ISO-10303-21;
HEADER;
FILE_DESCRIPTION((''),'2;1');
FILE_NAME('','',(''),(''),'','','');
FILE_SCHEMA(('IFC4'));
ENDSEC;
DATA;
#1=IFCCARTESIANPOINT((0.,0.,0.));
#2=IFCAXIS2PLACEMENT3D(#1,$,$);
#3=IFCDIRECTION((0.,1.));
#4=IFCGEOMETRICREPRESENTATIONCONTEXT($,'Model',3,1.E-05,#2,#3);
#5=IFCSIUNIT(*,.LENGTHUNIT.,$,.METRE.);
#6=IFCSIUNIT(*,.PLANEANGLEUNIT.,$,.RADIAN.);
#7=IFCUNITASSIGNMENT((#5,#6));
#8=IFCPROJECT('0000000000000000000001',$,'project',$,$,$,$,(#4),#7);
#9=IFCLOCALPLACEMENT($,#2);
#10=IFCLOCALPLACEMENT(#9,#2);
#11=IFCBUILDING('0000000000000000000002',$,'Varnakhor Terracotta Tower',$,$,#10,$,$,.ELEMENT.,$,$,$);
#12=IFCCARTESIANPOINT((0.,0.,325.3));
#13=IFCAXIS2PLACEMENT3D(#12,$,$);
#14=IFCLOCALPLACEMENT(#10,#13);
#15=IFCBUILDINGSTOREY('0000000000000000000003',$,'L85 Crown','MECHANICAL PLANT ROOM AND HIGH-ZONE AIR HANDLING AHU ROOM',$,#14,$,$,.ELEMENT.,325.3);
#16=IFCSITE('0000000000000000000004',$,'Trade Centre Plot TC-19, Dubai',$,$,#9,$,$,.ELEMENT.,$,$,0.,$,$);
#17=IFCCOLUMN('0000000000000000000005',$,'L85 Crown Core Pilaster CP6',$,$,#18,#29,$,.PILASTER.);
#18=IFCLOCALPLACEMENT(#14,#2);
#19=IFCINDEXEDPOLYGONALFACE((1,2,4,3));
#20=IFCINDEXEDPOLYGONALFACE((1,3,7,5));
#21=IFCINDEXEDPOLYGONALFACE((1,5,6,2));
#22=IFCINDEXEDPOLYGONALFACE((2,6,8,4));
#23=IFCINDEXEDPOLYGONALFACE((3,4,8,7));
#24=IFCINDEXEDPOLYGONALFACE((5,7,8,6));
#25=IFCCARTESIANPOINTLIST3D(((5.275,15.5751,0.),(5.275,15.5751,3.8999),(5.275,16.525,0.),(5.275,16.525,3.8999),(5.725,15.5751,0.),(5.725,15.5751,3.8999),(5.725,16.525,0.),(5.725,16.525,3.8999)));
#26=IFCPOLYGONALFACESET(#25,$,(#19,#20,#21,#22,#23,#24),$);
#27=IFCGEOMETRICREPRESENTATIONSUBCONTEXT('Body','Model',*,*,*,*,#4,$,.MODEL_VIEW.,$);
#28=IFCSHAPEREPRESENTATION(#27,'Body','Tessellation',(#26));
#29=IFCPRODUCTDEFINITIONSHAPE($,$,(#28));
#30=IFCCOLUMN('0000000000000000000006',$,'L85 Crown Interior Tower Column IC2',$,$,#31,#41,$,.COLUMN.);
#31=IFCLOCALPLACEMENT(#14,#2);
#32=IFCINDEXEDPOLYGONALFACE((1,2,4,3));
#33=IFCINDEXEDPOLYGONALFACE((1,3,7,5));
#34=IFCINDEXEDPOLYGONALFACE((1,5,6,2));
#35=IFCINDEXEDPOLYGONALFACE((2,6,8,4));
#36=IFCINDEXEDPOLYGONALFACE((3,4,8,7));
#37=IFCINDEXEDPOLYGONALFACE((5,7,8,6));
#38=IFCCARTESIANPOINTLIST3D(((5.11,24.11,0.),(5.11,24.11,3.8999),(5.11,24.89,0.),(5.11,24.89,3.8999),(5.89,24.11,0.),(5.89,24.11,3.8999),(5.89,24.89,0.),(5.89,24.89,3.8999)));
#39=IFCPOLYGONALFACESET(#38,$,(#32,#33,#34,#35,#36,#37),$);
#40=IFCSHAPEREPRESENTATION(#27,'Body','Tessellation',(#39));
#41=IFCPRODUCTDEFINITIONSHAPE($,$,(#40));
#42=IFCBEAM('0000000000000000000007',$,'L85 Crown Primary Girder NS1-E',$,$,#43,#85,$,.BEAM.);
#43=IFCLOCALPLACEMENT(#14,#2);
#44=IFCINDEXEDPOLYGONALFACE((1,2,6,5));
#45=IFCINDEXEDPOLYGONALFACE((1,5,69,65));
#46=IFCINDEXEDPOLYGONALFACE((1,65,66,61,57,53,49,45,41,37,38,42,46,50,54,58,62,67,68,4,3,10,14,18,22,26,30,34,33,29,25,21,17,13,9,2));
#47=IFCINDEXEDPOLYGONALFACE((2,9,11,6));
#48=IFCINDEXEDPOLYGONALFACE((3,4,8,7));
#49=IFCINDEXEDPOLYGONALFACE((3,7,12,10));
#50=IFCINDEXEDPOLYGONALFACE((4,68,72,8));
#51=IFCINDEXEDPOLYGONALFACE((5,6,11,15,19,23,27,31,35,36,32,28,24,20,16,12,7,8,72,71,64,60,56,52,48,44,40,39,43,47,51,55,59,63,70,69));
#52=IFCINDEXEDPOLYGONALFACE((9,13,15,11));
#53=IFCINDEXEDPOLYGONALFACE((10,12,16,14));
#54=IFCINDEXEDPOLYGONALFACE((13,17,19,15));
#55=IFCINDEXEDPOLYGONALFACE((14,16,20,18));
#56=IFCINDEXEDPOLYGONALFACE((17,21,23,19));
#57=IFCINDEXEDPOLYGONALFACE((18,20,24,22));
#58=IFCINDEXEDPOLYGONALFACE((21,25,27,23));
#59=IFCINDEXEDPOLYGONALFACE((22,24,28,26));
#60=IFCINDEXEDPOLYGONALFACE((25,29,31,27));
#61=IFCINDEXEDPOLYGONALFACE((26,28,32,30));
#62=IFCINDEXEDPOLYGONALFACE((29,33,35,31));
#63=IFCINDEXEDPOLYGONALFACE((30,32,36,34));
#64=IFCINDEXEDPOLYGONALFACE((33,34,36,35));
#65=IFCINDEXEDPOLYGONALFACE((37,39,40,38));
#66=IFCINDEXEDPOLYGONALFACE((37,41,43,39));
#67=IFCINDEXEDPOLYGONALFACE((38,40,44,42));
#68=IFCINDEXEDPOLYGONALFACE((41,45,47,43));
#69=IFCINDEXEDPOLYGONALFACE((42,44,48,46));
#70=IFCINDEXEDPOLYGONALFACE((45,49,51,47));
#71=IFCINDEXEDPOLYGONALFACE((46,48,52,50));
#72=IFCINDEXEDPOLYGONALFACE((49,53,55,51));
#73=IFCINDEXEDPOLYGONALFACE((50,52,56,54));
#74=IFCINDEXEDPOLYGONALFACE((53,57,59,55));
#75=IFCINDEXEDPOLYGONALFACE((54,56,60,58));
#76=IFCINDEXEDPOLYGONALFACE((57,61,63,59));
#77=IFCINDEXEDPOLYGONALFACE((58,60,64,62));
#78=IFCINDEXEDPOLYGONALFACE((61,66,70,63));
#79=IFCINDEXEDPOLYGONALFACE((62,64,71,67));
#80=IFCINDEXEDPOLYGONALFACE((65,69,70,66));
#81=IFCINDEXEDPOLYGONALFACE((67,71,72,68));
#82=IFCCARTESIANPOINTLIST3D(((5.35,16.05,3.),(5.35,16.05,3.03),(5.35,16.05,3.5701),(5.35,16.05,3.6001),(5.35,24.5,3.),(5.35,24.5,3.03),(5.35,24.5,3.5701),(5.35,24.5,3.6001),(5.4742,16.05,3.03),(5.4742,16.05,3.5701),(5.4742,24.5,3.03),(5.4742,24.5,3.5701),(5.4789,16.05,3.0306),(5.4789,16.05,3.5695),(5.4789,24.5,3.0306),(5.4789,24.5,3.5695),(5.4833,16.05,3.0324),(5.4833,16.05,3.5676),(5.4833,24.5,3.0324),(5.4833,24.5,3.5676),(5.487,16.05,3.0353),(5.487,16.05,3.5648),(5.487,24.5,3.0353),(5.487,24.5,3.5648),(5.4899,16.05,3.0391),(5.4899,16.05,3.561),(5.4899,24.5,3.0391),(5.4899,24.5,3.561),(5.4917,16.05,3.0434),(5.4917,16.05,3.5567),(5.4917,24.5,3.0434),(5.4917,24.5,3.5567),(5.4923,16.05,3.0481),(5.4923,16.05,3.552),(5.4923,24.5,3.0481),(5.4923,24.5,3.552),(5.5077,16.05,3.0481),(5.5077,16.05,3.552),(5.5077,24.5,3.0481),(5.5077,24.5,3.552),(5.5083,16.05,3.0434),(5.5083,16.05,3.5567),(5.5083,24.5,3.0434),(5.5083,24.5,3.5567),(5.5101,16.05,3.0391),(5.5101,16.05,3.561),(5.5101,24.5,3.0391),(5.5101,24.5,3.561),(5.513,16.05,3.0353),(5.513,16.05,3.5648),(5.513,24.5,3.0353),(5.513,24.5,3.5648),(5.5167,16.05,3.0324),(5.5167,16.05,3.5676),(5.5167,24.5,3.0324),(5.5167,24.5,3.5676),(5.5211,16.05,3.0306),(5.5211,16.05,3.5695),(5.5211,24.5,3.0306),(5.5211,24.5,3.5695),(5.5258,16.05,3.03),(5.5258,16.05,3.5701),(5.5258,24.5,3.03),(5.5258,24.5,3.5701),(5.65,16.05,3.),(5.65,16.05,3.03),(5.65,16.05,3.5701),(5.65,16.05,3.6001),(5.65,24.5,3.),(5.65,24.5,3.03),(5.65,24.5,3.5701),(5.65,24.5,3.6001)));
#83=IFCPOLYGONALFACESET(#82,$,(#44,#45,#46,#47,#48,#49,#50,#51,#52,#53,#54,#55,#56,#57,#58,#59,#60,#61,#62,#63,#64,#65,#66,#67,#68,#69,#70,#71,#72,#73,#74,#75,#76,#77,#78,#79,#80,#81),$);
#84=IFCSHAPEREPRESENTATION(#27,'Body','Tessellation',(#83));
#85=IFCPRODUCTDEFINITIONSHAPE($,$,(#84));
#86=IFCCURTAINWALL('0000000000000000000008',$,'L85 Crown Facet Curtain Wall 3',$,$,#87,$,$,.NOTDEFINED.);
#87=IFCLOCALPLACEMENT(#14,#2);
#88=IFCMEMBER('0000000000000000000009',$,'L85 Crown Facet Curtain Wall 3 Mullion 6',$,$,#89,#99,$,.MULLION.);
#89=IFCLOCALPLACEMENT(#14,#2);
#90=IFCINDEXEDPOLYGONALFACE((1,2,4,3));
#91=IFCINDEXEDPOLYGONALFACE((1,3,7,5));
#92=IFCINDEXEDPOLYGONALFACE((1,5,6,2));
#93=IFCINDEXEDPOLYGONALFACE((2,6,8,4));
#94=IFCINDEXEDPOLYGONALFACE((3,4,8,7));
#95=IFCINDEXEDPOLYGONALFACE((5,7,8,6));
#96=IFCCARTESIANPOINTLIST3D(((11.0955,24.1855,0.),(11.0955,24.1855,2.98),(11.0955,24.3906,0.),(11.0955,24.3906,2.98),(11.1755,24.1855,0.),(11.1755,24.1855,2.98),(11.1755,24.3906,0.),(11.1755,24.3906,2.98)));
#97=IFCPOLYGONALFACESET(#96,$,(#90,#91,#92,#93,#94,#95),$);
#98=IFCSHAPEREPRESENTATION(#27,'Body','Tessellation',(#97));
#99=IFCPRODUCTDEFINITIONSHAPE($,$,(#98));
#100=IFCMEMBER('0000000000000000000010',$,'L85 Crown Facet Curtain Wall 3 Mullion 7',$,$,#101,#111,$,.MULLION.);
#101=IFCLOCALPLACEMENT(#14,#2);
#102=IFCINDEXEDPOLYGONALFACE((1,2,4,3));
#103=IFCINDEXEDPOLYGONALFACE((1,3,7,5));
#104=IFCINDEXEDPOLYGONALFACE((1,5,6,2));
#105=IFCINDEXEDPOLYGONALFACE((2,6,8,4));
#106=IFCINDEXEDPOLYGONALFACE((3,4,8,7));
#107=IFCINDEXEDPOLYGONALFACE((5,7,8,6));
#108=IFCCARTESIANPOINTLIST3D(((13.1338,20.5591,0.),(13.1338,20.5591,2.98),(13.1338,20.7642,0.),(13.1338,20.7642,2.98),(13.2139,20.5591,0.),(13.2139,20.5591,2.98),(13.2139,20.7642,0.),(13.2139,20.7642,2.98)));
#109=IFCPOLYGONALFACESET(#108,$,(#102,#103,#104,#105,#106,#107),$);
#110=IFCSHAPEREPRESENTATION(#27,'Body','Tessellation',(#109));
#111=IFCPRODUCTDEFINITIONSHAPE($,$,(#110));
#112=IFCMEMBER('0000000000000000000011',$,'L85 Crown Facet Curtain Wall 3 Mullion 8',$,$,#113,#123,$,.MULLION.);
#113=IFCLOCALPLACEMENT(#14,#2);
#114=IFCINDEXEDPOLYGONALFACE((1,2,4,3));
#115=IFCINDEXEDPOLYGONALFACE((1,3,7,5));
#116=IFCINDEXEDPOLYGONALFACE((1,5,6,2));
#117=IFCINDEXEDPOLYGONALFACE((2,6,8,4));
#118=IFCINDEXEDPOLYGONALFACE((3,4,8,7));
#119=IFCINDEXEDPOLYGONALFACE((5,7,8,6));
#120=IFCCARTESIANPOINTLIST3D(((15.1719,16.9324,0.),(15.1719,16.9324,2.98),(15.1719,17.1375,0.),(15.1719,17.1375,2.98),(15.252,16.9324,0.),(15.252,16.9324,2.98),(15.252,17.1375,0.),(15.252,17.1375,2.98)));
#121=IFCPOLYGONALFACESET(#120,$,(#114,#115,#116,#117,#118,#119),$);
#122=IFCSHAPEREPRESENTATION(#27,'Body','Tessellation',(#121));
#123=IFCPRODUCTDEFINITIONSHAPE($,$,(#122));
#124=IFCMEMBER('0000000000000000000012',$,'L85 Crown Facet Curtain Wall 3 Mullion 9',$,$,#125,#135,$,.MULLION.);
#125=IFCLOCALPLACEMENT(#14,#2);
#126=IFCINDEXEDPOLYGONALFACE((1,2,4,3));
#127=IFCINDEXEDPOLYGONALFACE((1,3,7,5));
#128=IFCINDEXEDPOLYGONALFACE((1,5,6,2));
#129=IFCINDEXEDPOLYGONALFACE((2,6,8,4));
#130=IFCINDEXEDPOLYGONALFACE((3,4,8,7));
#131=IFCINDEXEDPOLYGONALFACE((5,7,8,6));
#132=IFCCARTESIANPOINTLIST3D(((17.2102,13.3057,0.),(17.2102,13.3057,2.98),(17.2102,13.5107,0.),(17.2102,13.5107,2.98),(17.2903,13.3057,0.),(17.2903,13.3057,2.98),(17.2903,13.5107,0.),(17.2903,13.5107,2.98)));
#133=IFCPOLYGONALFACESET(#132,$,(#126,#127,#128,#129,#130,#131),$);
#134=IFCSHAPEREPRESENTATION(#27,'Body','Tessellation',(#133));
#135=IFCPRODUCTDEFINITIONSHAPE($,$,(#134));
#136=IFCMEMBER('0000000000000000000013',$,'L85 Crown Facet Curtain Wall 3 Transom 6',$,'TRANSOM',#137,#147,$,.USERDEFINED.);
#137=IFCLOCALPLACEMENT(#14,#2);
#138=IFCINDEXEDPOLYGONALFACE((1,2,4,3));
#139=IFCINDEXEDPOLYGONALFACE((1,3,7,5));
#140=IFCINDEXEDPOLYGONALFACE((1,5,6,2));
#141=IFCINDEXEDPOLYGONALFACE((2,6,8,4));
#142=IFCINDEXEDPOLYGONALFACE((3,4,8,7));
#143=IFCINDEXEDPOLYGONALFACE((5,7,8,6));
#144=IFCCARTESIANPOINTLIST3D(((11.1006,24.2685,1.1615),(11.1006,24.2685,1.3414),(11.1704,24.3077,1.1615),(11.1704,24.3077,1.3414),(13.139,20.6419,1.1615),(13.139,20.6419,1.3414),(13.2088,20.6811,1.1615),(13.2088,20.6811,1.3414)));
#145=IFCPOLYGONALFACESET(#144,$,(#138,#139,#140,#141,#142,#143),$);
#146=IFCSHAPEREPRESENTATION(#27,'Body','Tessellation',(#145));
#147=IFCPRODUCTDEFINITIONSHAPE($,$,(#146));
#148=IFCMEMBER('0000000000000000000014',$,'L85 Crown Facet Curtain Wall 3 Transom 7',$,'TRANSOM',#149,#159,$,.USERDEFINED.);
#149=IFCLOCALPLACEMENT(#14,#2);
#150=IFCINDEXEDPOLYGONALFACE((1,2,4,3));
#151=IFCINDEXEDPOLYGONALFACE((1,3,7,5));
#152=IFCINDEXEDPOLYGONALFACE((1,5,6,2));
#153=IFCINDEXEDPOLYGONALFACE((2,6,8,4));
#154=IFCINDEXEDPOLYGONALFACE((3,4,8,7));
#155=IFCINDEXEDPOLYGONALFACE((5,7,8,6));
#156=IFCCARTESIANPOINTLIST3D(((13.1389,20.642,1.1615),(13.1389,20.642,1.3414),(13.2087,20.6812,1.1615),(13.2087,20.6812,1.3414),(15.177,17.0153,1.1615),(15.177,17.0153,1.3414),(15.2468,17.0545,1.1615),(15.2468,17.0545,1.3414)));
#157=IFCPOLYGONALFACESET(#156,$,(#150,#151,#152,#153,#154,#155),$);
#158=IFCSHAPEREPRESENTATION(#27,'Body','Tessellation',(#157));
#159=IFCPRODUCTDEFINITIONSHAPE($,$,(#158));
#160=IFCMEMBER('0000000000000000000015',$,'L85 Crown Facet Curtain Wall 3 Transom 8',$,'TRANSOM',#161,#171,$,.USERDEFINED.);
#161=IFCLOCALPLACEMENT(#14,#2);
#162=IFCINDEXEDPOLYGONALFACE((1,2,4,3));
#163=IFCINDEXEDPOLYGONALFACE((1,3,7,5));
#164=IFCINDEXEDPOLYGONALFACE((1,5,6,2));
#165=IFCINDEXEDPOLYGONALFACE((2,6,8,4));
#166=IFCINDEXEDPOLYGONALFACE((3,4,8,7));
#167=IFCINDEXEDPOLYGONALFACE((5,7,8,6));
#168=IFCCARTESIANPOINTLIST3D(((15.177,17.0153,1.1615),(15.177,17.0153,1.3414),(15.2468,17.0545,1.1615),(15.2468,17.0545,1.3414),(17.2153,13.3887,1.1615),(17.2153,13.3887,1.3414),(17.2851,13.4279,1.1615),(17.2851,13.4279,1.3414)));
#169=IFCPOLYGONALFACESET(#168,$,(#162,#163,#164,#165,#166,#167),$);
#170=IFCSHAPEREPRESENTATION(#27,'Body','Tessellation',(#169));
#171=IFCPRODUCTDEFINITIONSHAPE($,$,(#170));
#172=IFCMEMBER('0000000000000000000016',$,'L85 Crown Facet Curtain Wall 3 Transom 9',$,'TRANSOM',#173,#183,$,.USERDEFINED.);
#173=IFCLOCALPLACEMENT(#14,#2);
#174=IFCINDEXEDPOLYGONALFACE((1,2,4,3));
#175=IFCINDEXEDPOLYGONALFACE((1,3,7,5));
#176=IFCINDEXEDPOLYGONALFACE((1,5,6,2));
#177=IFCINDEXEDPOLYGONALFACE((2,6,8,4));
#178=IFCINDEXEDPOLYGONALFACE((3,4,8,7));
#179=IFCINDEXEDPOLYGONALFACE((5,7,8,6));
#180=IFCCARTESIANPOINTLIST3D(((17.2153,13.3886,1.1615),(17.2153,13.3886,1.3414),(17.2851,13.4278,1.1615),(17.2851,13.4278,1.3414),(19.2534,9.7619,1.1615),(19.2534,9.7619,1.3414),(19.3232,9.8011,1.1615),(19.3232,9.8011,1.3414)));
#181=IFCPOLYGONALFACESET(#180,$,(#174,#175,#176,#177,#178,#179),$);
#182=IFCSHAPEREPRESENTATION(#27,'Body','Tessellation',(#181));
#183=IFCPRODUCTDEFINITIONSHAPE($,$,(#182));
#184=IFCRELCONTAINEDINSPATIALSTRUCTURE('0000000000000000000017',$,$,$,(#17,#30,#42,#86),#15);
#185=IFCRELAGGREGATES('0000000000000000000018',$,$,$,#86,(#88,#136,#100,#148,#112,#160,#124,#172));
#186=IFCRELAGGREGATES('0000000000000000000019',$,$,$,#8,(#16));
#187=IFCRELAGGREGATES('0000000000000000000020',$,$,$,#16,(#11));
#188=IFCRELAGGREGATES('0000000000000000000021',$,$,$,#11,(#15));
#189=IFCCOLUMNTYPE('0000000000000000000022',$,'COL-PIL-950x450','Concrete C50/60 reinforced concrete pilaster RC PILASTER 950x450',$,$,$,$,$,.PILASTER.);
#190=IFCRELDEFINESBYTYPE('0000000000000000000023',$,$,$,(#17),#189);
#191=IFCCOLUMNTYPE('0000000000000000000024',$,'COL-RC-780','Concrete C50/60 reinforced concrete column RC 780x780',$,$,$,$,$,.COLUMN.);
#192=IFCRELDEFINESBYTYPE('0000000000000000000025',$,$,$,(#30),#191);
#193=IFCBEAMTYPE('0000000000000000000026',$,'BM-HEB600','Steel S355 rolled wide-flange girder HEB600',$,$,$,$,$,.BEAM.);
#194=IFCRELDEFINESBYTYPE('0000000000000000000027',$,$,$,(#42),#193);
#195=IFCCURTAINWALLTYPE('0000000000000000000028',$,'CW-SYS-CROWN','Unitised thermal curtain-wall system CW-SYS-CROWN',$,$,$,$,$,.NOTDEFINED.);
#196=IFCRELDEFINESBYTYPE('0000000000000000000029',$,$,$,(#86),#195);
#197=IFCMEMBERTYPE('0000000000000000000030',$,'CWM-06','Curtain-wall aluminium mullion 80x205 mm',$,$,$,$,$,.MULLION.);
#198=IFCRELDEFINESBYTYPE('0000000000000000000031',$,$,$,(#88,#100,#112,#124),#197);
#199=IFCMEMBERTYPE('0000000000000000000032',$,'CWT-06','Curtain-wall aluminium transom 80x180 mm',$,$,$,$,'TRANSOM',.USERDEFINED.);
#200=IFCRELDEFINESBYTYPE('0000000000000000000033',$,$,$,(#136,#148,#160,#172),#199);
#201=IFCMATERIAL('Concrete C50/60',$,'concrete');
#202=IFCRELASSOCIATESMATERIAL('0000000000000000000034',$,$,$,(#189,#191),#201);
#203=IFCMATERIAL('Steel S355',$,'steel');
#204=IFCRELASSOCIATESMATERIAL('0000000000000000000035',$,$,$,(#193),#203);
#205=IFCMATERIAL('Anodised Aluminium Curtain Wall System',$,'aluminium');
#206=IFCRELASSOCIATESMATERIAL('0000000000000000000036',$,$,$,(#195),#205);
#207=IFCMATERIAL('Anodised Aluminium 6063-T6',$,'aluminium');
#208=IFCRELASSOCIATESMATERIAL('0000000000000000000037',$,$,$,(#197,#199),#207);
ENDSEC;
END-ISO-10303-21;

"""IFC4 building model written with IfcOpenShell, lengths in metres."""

from ifc_helpers import new_model, si_unit, direction, frame, origin, origin_2d, place, context, subcontext, project, spatial, rectangle, i_section, extrude, source, transform, mapped, material, material_profile, profile_set, type_object, type_shapes, element, aggregate, save


model = new_model("IFC4")

# Units and contexts
model_context = context("Model", 3, precision=1e-05, world=origin(), true_north=direction((0.0, 1.0)))
body_context = subcontext(model_context, "Body", "Model", "MODEL_VIEW")
ifc_project = project(units=[si_unit("LENGTHUNIT", "METRE"), si_unit("PLANEANGLEUNIT", "RADIAN")], contexts=[model_context])

# Site, building, storey
site_placement = place(None, origin())
site = spatial("IfcSite", under=ifc_project, at=site_placement, Name="Trade Centre Plot TC-19, Dubai", CompositionType="ELEMENT", RefElevation=0.0)
building_placement = place(site_placement, origin())
building = spatial("IfcBuilding", under=site, at=building_placement, Name="Varnakhor Terracotta Tower", CompositionType="ELEMENT")
storey_placement = place(building_placement, frame((0.0, 0.0, 325.3)))
storey = spatial("IfcBuildingStorey", under=building, at=storey_placement, Name="L85 Crown", Description="MECHANICAL PLANT ROOM AND HIGH-ZONE AIR HANDLING AHU ROOM", CompositionType="ELEMENT", Elevation=325.3)

# Columns
ifc_material_1 = material(Name="Concrete C50/60", Category="concrete")
ifc_material_profile_1 = material_profile(ifc_material_1, rectangle(XDim=0.45, YDim=0.95, at=origin_2d()), Name="RC PILASTER 950x450")
ifc_profile_set_1 = profile_set([ifc_material_profile_1], Name="Concrete C50/60")
column_type_1 = type_object("IfcColumnType", Name="COL-PIL-950x450", Description="Concrete C50/60 reinforced concrete pilaster RC PILASTER 950x450", PredefinedType="PILASTER", material=ifc_profile_set_1)
shared_shape_1 = source(origin(), body_context, "Body", "SweptSolid", [
    extrude(rectangle(XDim=0.45, YDim=0.95, at=origin_2d()), origin(), (0.0, 0.0, 1.0), 3.8999),
])
column_1_placement = place(storey_placement, frame((5.5, 16.05, 0.0), z_axis=(0.0, 0.0, 1.0), x_axis=(1.0, 0.0, 0.0)))
element("IfcColumn", 1, at=column_1_placement, inside=storey, type_object=column_type_1, Name="L85 Crown Core Pilaster CP6", PredefinedType="PILASTER", context=body_context, shape_type="MappedRepresentation", body=[
    mapped(shared_shape_1, transform((0.0, 0.0, 0.0), scale=1.0)),
])
ifc_material_profile_2 = material_profile(ifc_material_1, rectangle(XDim=0.78, YDim=0.78, at=origin_2d()), Name="RC 780x780")
ifc_profile_set_2 = profile_set([ifc_material_profile_2], Name="Concrete C50/60")
column_type_2 = type_object("IfcColumnType", Name="COL-RC-780", Description="Concrete C50/60 reinforced concrete column RC 780x780", PredefinedType="COLUMN", material=ifc_profile_set_2)
shared_shape_2 = source(origin(), body_context, "Body", "SweptSolid", [
    extrude(rectangle(XDim=0.78, YDim=0.78, at=origin_2d()), origin(), (0.0, 0.0, 1.0), 3.8999),
])
column_2_placement = place(storey_placement, frame((5.5, 24.5, 0.0), z_axis=(0.0, 0.0, 1.0), x_axis=(1.0, 0.0, 0.0)))
element("IfcColumn", 2, at=column_2_placement, inside=storey, type_object=column_type_2, Name="L85 Crown Interior Tower Column IC2", PredefinedType="COLUMN", context=body_context, shape_type="MappedRepresentation", body=[
    mapped(shared_shape_2, transform((0.0, 0.0, 0.0), scale=1.0)),
])

# Beam
ifc_material_2 = material(Name="Steel S355", Category="steel")
ifc_material_profile_3 = material_profile(ifc_material_2, i_section(OverallWidth=0.3, OverallDepth=0.6001, WebThickness=0.0154, FlangeThickness=0.03, FilletRadius=0.0181, at=origin_2d()), Name="HEB600")
ifc_profile_set_3 = profile_set([ifc_material_profile_3], Name="Steel S355")
beam_type = type_object("IfcBeamType", Name="BM-HEB600", Description="Steel S355 rolled wide-flange girder HEB600", PredefinedType="BEAM", material=ifc_profile_set_3)
shared_shape_3 = source(origin(), body_context, "Body", "SweptSolid", [
    extrude(i_section(OverallWidth=0.3, OverallDepth=0.6001, WebThickness=0.0154, FlangeThickness=0.03, FilletRadius=0.0181, at=origin_2d()), origin(), (0.0, 0.0, 1.0), 8.45),
])
beam_placement = place(storey_placement, frame((5.5, 16.05, 3.3), z_axis=(0.0, 1.0, 0.0), x_axis=(-1.0, 0.0, 0.0)))
element("IfcBeam", 3, at=beam_placement, inside=storey, type_object=beam_type, Name="L85 Crown Primary Girder NS1-E", PredefinedType="BEAM", context=body_context, shape_type="MappedRepresentation", body=[
    mapped(shared_shape_3, transform((0.0, 0.0, 0.0), scale=1.0)),
])

# Curtain wall, members
ifc_material_3 = material(Name="Anodised Aluminium Curtain Wall System", Category="aluminium")
curtain_wall_type = type_object("IfcCurtainWallType", Name="CW-SYS-CROWN", Description="Unitised thermal curtain-wall system CW-SYS-CROWN", PredefinedType="NOTDEFINED", material=ifc_material_3)
curtain_wall_placement = place(storey_placement, origin())
curtain_wall = element("IfcCurtainWall", 4, at=curtain_wall_placement, inside=storey, type_object=curtain_wall_type, Name="L85 Crown Facet Curtain Wall 3", PredefinedType="NOTDEFINED")
ifc_material_4 = material(Name="Anodised Aluminium 6063-T6", Category="aluminium")
ifc_material_profile_4 = material_profile(ifc_material_4, rectangle(XDim=0.0801, YDim=0.2051, at=origin_2d()), Name="ALU MULLION 80x205")
ifc_profile_set_4 = profile_set([ifc_material_profile_4], Name="Anodised Aluminium 6063-T6")
member_type_1 = type_object("IfcMemberType", Name="CWM-06", Description="Curtain-wall aluminium mullion 80x205 mm", PredefinedType="MULLION", material=ifc_profile_set_4)
shared_shape_4 = source(origin(), body_context, "Body", "SweptSolid", [
    extrude(rectangle(XDim=0.0801, YDim=0.2051, at=origin_2d()), origin(), (0.0, 0.0, 1.0), 2.98),
])
type_shapes(member_type_1, [shared_shape_4])
member_1_placement = place(storey_placement, frame((11.1355, 24.2881, 0.0), z_axis=(0.0, 0.0, 1.0), x_axis=(1.0, 0.0, 0.0)))
member_1 = element("IfcMember", 5, at=member_1_placement, type_object=member_type_1, Name="L85 Crown Facet Curtain Wall 3 Mullion 6", PredefinedType="MULLION", context=body_context, shape_type="MappedRepresentation", body=[
    mapped(shared_shape_4, transform((0.0, 0.0, 0.0), scale=1.0)),
])
member_2_placement = place(storey_placement, frame((13.1738, 20.6616, 0.0), z_axis=(0.0, 0.0, 1.0), x_axis=(1.0, 0.0, 0.0)))
member_2 = element("IfcMember", 6, at=member_2_placement, type_object=member_type_1, Name="L85 Crown Facet Curtain Wall 3 Mullion 7", PredefinedType="MULLION", context=body_context, shape_type="MappedRepresentation", body=[
    mapped(shared_shape_4, transform((0.0, 0.0, 0.0), scale=1.0)),
])
member_3_placement = place(storey_placement, frame((15.2119, 17.0349, 0.0), z_axis=(0.0, 0.0, 1.0), x_axis=(1.0, 0.0, 0.0)))
member_3 = element("IfcMember", 7, at=member_3_placement, type_object=member_type_1, Name="L85 Crown Facet Curtain Wall 3 Mullion 8", PredefinedType="MULLION", context=body_context, shape_type="MappedRepresentation", body=[
    mapped(shared_shape_4, transform((0.0, 0.0, 0.0), scale=1.0)),
])
member_4_placement = place(storey_placement, frame((17.2502, 13.4082, 0.0), z_axis=(0.0, 0.0, 1.0), x_axis=(1.0, 0.0, 0.0)))
member_4 = element("IfcMember", 8, at=member_4_placement, type_object=member_type_1, Name="L85 Crown Facet Curtain Wall 3 Mullion 9", PredefinedType="MULLION", context=body_context, shape_type="MappedRepresentation", body=[
    mapped(shared_shape_4, transform((0.0, 0.0, 0.0), scale=1.0)),
])
ifc_material_profile_5 = material_profile(ifc_material_4, rectangle(XDim=0.0801, YDim=0.1799, at=origin_2d()), Name="ALU TRANSOM 80x180")
ifc_profile_set_5 = profile_set([ifc_material_profile_5], Name="Anodised Aluminium 6063-T6")
member_type_2 = type_object("IfcMemberType", Name="CWT-06", Description="Curtain-wall aluminium transom 80x180 mm", ElementType="TRANSOM", PredefinedType="USERDEFINED", material=ifc_profile_set_5)
shared_shape_5 = source(origin(), body_context, "Body", "SweptSolid", [
    extrude(rectangle(XDim=0.0801, YDim=0.1799, at=origin_2d()), origin(), (0.0, 0.0, 1.0), 4.1602),
])
member_5_placement = place(storey_placement, frame((11.1355, 24.2881, 1.2515), z_axis=(0.489977, -0.871735, 0.0), x_axis=(0.871735, 0.489977, 0.0)))
member_5 = element("IfcMember", 9, at=member_5_placement, type_object=member_type_2, Name="L85 Crown Facet Curtain Wall 3 Transom 6", ObjectType="TRANSOM", PredefinedType="USERDEFINED", context=body_context, shape_type="MappedRepresentation", body=[
    mapped(shared_shape_5, transform((0.0, 0.0, 0.0), scale=1.0)),
])
member_6_placement = place(storey_placement, frame((13.1738, 20.6616, 1.2515), z_axis=(0.489907, -0.871775, 0.0), x_axis=(0.871775, 0.489907, 0.0)))
member_6 = element("IfcMember", 10, at=member_6_placement, type_object=member_type_2, Name="L85 Crown Facet Curtain Wall 3 Transom 7", ObjectType="TRANSOM", PredefinedType="USERDEFINED", context=body_context, shape_type="MappedRepresentation", body=[
    mapped(shared_shape_5, transform((0.0, 0.0, 0.0), scale=1.0)),
])
member_7_placement = place(storey_placement, frame((15.2119, 17.0349, 1.2515), z_axis=(0.489952, -0.871749, 0.0), x_axis=(0.871749, 0.489952, 0.0)))
member_7 = element("IfcMember", 11, at=member_7_placement, type_object=member_type_2, Name="L85 Crown Facet Curtain Wall 3 Transom 8", ObjectType="TRANSOM", PredefinedType="USERDEFINED", context=body_context, shape_type="MappedRepresentation", body=[
    mapped(shared_shape_5, transform((0.0, 0.0, 0.0), scale=1.0)),
])
member_8_placement = place(storey_placement, frame((17.2502, 13.4082, 1.2515), z_axis=(0.489907, -0.871775, 0.0), x_axis=(0.871775, 0.489907, 0.0)))
member_8 = element("IfcMember", 12, at=member_8_placement, type_object=member_type_2, Name="L85 Crown Facet Curtain Wall 3 Transom 9", ObjectType="TRANSOM", PredefinedType="USERDEFINED", context=body_context, shape_type="MappedRepresentation", body=[
    mapped(shared_shape_5, transform((0.0, 0.0, 0.0), scale=1.0)),
])
aggregate(curtain_wall, [member_1, member_5, member_2, member_6, member_3, member_7, member_4, member_8])

save(model, "model.ifc")
